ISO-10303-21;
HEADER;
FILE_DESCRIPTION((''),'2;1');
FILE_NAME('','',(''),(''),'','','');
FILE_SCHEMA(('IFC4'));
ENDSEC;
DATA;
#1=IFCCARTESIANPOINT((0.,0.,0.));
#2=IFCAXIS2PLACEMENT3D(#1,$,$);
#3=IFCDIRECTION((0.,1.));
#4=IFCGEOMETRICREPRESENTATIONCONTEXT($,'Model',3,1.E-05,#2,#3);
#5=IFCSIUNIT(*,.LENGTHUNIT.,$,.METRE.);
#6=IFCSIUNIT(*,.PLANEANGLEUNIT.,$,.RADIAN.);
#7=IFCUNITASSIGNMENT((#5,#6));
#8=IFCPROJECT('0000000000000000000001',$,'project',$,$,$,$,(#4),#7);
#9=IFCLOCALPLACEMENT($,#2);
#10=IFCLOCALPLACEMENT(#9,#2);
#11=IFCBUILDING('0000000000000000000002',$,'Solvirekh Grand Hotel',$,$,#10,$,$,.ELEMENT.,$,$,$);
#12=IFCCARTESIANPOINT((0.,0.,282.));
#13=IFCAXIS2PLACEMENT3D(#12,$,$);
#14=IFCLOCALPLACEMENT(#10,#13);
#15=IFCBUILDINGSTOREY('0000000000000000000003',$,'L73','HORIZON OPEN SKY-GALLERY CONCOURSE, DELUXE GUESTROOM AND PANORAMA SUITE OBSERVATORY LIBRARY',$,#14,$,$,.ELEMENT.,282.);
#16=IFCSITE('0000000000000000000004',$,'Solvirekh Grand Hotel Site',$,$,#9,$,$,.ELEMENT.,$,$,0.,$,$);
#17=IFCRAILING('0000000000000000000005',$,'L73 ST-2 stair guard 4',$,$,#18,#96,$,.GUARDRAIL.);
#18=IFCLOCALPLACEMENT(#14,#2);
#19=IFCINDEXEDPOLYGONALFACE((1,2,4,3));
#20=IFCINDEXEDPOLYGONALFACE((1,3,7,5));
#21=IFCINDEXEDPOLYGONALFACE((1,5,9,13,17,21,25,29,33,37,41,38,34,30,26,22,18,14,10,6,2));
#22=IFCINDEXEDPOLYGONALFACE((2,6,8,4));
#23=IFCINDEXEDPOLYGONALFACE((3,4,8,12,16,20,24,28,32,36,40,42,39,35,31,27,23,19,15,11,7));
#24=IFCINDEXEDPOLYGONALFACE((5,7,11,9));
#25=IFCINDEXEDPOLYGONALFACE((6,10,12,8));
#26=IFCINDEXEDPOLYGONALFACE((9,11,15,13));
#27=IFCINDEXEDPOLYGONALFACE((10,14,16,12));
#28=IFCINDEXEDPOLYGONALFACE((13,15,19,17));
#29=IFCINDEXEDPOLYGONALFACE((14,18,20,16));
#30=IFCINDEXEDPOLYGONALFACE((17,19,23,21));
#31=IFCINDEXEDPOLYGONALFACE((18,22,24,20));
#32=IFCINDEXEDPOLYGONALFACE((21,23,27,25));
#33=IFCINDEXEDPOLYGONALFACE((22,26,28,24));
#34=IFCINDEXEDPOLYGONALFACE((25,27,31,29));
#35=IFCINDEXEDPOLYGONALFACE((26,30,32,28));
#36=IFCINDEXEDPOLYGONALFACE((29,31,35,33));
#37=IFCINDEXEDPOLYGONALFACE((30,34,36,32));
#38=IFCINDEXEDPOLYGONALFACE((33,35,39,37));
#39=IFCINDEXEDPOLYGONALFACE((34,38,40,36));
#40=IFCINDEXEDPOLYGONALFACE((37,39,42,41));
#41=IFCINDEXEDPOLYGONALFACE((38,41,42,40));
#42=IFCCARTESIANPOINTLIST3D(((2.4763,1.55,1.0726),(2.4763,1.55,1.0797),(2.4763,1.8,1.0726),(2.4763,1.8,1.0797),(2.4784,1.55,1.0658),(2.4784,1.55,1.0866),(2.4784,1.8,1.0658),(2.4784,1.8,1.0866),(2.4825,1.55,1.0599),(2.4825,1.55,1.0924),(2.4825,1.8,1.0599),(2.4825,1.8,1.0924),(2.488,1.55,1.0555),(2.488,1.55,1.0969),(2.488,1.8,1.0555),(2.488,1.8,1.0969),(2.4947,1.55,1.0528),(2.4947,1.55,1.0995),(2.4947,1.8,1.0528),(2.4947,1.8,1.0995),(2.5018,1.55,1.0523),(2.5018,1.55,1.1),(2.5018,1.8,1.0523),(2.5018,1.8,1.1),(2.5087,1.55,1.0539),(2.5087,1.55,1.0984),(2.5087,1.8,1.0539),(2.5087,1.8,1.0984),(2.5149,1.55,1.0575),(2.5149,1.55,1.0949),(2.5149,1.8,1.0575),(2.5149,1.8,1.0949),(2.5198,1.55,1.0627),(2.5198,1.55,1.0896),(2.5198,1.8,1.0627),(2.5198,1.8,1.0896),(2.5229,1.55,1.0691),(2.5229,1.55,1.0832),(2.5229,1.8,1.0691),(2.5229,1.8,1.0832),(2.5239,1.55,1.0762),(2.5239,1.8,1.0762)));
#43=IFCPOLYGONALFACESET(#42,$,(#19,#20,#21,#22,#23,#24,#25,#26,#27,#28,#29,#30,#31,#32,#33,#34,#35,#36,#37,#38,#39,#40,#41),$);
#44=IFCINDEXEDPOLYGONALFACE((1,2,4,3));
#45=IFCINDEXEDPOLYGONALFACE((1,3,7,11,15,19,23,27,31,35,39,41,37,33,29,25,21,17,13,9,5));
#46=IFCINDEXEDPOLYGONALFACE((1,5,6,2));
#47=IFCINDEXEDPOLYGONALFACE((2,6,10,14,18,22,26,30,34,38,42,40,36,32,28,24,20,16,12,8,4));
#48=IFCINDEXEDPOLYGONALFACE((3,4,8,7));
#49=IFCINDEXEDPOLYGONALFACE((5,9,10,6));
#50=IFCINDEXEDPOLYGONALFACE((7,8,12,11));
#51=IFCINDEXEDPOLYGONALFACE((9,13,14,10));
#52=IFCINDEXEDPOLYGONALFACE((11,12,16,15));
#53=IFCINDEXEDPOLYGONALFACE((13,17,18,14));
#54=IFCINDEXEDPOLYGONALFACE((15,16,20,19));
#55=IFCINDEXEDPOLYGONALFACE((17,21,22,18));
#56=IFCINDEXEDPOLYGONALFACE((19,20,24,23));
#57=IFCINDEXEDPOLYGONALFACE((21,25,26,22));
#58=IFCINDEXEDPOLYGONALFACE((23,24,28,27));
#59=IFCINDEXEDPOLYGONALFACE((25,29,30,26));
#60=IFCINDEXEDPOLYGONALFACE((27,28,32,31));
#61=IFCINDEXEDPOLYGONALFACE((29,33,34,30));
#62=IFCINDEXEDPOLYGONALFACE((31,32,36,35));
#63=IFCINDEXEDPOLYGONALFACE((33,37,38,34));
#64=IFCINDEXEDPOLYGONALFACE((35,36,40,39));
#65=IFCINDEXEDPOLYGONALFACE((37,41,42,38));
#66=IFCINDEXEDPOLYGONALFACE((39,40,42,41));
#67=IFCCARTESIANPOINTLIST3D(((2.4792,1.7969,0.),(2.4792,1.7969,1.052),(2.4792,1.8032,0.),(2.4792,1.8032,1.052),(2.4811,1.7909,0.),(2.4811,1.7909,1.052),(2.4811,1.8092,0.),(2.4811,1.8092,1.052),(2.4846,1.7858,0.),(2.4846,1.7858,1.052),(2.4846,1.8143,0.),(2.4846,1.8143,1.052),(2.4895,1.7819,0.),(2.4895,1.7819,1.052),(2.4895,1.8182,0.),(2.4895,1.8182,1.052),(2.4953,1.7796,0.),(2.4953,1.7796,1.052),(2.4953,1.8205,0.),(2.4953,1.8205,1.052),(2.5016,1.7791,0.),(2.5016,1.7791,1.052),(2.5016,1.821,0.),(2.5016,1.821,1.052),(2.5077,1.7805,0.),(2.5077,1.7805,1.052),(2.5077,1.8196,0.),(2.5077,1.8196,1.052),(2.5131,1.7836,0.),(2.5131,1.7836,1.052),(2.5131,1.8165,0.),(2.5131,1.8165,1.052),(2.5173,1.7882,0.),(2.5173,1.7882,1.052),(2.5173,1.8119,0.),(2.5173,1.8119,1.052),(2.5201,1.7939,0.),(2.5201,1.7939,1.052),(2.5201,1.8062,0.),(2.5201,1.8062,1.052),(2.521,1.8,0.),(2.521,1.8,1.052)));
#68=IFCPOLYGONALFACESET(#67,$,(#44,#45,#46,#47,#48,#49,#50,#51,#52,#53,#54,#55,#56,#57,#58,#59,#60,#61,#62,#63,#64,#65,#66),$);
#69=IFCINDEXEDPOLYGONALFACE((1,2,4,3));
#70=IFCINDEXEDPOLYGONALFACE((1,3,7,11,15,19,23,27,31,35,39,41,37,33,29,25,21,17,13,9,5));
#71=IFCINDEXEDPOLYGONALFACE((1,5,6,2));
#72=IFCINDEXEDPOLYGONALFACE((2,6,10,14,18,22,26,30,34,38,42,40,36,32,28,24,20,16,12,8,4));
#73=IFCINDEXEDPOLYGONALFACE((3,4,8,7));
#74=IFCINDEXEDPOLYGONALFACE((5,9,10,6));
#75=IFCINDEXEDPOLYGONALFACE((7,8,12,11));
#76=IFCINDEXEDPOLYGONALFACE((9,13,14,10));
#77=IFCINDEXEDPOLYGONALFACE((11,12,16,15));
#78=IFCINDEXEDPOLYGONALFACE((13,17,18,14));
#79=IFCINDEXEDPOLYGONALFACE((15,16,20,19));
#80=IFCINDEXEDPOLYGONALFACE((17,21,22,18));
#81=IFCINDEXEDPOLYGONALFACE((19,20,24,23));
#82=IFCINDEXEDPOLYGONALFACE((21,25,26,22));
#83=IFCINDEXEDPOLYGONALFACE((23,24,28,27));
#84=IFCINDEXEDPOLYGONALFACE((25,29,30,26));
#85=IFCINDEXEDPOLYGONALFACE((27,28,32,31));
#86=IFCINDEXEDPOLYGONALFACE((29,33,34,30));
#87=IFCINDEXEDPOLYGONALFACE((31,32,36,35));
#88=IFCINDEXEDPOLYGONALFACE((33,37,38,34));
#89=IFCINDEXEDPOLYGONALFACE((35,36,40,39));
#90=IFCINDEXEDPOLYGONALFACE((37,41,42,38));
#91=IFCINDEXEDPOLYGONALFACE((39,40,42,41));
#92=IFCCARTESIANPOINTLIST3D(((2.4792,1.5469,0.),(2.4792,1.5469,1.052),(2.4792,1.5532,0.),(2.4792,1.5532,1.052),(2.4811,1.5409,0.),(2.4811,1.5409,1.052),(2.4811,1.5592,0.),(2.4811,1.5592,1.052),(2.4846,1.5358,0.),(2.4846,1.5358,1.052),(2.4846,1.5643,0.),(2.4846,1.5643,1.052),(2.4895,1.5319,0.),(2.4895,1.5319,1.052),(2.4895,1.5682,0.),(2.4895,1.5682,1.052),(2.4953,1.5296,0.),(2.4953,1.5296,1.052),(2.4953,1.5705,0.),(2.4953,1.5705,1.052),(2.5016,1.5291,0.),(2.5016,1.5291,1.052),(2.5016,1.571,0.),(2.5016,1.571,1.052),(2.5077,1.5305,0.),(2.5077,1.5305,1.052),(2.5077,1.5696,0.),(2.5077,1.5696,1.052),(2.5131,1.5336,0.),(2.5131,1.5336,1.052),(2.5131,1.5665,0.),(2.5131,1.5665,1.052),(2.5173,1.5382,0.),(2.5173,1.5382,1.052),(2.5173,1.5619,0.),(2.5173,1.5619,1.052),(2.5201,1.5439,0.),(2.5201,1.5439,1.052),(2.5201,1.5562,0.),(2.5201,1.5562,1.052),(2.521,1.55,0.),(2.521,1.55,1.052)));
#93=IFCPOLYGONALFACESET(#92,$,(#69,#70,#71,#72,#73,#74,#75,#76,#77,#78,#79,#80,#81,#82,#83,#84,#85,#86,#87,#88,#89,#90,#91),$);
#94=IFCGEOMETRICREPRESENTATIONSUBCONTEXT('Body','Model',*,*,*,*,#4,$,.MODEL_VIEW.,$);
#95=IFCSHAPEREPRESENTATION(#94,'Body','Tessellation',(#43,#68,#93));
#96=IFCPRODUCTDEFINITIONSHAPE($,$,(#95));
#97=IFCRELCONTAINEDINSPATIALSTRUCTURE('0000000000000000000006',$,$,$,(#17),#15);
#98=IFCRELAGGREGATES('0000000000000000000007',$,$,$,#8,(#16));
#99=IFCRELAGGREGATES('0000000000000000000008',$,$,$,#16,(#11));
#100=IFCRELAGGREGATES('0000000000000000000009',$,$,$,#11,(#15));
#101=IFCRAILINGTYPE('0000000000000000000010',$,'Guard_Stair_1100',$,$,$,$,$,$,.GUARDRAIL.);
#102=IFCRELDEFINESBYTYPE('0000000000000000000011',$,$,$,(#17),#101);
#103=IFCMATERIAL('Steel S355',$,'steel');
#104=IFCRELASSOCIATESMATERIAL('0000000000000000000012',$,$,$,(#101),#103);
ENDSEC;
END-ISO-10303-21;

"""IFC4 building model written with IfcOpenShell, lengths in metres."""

from ifc_helpers import new_model, si_unit, direction, frame, origin, origin_2d, place, context, subcontext, project, spatial, circle, extrude, material, type_object, element, save


model = new_model("IFC4")

# Units and contexts
model_context = context("Model", 3, precision=1e-05, world=origin(), true_north=direction((0.0, 1.0)))
body_context = subcontext(model_context, "Body", "Model", "MODEL_VIEW")
ifc_project = project(units=[si_unit("LENGTHUNIT", "METRE"), si_unit("PLANEANGLEUNIT", "RADIAN")], contexts=[model_context])

# Site, building, storey
site_placement = place(None, origin())
site = spatial("IfcSite", under=ifc_project, at=site_placement, Name="Solvirekh Grand Hotel Site", CompositionType="ELEMENT", RefElevation=0.0)
building_placement = place(site_placement, origin())
building = spatial("IfcBuilding", under=site, at=building_placement, Name="Solvirekh Grand Hotel", CompositionType="ELEMENT")
storey_placement = place(building_placement, frame((0.0, 0.0, 282.0)))
storey = spatial("IfcBuildingStorey", under=building, at=storey_placement, Name="L73", Description="HORIZON OPEN SKY-GALLERY CONCOURSE, DELUXE GUESTROOM AND PANORAMA SUITE OBSERVATORY LIBRARY", CompositionType="ELEMENT", Elevation=282.0)

# Railing
ifc_material_1 = material(Name="Steel S355", Category="steel")
railing_type_1 = type_object("IfcRailingType", Name="Guard_Stair_1100", PredefinedType="GUARDRAIL", material=ifc_material_1)
railing_1_placement = place(storey_placement, frame((2.5, 1.8, 0.0)))
element("IfcRailing", 1, at=railing_1_placement, inside=storey, type_object=railing_type_1, Name="L73 ST-2 stair guard 4", PredefinedType="GUARDRAIL", context=body_context, shape_type="SweptSolid", body=[
    extrude(circle(Radius=0.0239, at=origin_2d()), frame((0.0, 0.0, 1.0762), z_axis=(0.0, -1.0, 0.0), x_axis=(1.0, 0.0, 0.0)), (0.0, 0.0, 1.0), 0.25),
    extrude(circle(Radius=0.021, at=origin_2d()), origin(), (0.0, 0.0, 1.0), 1.052),
    extrude(circle(Radius=0.021, at=origin_2d()), frame((0.0, -0.25, 0.0)), (0.0, 0.0, 1.0), 1.052),
])

save(model, "model.ifc")
